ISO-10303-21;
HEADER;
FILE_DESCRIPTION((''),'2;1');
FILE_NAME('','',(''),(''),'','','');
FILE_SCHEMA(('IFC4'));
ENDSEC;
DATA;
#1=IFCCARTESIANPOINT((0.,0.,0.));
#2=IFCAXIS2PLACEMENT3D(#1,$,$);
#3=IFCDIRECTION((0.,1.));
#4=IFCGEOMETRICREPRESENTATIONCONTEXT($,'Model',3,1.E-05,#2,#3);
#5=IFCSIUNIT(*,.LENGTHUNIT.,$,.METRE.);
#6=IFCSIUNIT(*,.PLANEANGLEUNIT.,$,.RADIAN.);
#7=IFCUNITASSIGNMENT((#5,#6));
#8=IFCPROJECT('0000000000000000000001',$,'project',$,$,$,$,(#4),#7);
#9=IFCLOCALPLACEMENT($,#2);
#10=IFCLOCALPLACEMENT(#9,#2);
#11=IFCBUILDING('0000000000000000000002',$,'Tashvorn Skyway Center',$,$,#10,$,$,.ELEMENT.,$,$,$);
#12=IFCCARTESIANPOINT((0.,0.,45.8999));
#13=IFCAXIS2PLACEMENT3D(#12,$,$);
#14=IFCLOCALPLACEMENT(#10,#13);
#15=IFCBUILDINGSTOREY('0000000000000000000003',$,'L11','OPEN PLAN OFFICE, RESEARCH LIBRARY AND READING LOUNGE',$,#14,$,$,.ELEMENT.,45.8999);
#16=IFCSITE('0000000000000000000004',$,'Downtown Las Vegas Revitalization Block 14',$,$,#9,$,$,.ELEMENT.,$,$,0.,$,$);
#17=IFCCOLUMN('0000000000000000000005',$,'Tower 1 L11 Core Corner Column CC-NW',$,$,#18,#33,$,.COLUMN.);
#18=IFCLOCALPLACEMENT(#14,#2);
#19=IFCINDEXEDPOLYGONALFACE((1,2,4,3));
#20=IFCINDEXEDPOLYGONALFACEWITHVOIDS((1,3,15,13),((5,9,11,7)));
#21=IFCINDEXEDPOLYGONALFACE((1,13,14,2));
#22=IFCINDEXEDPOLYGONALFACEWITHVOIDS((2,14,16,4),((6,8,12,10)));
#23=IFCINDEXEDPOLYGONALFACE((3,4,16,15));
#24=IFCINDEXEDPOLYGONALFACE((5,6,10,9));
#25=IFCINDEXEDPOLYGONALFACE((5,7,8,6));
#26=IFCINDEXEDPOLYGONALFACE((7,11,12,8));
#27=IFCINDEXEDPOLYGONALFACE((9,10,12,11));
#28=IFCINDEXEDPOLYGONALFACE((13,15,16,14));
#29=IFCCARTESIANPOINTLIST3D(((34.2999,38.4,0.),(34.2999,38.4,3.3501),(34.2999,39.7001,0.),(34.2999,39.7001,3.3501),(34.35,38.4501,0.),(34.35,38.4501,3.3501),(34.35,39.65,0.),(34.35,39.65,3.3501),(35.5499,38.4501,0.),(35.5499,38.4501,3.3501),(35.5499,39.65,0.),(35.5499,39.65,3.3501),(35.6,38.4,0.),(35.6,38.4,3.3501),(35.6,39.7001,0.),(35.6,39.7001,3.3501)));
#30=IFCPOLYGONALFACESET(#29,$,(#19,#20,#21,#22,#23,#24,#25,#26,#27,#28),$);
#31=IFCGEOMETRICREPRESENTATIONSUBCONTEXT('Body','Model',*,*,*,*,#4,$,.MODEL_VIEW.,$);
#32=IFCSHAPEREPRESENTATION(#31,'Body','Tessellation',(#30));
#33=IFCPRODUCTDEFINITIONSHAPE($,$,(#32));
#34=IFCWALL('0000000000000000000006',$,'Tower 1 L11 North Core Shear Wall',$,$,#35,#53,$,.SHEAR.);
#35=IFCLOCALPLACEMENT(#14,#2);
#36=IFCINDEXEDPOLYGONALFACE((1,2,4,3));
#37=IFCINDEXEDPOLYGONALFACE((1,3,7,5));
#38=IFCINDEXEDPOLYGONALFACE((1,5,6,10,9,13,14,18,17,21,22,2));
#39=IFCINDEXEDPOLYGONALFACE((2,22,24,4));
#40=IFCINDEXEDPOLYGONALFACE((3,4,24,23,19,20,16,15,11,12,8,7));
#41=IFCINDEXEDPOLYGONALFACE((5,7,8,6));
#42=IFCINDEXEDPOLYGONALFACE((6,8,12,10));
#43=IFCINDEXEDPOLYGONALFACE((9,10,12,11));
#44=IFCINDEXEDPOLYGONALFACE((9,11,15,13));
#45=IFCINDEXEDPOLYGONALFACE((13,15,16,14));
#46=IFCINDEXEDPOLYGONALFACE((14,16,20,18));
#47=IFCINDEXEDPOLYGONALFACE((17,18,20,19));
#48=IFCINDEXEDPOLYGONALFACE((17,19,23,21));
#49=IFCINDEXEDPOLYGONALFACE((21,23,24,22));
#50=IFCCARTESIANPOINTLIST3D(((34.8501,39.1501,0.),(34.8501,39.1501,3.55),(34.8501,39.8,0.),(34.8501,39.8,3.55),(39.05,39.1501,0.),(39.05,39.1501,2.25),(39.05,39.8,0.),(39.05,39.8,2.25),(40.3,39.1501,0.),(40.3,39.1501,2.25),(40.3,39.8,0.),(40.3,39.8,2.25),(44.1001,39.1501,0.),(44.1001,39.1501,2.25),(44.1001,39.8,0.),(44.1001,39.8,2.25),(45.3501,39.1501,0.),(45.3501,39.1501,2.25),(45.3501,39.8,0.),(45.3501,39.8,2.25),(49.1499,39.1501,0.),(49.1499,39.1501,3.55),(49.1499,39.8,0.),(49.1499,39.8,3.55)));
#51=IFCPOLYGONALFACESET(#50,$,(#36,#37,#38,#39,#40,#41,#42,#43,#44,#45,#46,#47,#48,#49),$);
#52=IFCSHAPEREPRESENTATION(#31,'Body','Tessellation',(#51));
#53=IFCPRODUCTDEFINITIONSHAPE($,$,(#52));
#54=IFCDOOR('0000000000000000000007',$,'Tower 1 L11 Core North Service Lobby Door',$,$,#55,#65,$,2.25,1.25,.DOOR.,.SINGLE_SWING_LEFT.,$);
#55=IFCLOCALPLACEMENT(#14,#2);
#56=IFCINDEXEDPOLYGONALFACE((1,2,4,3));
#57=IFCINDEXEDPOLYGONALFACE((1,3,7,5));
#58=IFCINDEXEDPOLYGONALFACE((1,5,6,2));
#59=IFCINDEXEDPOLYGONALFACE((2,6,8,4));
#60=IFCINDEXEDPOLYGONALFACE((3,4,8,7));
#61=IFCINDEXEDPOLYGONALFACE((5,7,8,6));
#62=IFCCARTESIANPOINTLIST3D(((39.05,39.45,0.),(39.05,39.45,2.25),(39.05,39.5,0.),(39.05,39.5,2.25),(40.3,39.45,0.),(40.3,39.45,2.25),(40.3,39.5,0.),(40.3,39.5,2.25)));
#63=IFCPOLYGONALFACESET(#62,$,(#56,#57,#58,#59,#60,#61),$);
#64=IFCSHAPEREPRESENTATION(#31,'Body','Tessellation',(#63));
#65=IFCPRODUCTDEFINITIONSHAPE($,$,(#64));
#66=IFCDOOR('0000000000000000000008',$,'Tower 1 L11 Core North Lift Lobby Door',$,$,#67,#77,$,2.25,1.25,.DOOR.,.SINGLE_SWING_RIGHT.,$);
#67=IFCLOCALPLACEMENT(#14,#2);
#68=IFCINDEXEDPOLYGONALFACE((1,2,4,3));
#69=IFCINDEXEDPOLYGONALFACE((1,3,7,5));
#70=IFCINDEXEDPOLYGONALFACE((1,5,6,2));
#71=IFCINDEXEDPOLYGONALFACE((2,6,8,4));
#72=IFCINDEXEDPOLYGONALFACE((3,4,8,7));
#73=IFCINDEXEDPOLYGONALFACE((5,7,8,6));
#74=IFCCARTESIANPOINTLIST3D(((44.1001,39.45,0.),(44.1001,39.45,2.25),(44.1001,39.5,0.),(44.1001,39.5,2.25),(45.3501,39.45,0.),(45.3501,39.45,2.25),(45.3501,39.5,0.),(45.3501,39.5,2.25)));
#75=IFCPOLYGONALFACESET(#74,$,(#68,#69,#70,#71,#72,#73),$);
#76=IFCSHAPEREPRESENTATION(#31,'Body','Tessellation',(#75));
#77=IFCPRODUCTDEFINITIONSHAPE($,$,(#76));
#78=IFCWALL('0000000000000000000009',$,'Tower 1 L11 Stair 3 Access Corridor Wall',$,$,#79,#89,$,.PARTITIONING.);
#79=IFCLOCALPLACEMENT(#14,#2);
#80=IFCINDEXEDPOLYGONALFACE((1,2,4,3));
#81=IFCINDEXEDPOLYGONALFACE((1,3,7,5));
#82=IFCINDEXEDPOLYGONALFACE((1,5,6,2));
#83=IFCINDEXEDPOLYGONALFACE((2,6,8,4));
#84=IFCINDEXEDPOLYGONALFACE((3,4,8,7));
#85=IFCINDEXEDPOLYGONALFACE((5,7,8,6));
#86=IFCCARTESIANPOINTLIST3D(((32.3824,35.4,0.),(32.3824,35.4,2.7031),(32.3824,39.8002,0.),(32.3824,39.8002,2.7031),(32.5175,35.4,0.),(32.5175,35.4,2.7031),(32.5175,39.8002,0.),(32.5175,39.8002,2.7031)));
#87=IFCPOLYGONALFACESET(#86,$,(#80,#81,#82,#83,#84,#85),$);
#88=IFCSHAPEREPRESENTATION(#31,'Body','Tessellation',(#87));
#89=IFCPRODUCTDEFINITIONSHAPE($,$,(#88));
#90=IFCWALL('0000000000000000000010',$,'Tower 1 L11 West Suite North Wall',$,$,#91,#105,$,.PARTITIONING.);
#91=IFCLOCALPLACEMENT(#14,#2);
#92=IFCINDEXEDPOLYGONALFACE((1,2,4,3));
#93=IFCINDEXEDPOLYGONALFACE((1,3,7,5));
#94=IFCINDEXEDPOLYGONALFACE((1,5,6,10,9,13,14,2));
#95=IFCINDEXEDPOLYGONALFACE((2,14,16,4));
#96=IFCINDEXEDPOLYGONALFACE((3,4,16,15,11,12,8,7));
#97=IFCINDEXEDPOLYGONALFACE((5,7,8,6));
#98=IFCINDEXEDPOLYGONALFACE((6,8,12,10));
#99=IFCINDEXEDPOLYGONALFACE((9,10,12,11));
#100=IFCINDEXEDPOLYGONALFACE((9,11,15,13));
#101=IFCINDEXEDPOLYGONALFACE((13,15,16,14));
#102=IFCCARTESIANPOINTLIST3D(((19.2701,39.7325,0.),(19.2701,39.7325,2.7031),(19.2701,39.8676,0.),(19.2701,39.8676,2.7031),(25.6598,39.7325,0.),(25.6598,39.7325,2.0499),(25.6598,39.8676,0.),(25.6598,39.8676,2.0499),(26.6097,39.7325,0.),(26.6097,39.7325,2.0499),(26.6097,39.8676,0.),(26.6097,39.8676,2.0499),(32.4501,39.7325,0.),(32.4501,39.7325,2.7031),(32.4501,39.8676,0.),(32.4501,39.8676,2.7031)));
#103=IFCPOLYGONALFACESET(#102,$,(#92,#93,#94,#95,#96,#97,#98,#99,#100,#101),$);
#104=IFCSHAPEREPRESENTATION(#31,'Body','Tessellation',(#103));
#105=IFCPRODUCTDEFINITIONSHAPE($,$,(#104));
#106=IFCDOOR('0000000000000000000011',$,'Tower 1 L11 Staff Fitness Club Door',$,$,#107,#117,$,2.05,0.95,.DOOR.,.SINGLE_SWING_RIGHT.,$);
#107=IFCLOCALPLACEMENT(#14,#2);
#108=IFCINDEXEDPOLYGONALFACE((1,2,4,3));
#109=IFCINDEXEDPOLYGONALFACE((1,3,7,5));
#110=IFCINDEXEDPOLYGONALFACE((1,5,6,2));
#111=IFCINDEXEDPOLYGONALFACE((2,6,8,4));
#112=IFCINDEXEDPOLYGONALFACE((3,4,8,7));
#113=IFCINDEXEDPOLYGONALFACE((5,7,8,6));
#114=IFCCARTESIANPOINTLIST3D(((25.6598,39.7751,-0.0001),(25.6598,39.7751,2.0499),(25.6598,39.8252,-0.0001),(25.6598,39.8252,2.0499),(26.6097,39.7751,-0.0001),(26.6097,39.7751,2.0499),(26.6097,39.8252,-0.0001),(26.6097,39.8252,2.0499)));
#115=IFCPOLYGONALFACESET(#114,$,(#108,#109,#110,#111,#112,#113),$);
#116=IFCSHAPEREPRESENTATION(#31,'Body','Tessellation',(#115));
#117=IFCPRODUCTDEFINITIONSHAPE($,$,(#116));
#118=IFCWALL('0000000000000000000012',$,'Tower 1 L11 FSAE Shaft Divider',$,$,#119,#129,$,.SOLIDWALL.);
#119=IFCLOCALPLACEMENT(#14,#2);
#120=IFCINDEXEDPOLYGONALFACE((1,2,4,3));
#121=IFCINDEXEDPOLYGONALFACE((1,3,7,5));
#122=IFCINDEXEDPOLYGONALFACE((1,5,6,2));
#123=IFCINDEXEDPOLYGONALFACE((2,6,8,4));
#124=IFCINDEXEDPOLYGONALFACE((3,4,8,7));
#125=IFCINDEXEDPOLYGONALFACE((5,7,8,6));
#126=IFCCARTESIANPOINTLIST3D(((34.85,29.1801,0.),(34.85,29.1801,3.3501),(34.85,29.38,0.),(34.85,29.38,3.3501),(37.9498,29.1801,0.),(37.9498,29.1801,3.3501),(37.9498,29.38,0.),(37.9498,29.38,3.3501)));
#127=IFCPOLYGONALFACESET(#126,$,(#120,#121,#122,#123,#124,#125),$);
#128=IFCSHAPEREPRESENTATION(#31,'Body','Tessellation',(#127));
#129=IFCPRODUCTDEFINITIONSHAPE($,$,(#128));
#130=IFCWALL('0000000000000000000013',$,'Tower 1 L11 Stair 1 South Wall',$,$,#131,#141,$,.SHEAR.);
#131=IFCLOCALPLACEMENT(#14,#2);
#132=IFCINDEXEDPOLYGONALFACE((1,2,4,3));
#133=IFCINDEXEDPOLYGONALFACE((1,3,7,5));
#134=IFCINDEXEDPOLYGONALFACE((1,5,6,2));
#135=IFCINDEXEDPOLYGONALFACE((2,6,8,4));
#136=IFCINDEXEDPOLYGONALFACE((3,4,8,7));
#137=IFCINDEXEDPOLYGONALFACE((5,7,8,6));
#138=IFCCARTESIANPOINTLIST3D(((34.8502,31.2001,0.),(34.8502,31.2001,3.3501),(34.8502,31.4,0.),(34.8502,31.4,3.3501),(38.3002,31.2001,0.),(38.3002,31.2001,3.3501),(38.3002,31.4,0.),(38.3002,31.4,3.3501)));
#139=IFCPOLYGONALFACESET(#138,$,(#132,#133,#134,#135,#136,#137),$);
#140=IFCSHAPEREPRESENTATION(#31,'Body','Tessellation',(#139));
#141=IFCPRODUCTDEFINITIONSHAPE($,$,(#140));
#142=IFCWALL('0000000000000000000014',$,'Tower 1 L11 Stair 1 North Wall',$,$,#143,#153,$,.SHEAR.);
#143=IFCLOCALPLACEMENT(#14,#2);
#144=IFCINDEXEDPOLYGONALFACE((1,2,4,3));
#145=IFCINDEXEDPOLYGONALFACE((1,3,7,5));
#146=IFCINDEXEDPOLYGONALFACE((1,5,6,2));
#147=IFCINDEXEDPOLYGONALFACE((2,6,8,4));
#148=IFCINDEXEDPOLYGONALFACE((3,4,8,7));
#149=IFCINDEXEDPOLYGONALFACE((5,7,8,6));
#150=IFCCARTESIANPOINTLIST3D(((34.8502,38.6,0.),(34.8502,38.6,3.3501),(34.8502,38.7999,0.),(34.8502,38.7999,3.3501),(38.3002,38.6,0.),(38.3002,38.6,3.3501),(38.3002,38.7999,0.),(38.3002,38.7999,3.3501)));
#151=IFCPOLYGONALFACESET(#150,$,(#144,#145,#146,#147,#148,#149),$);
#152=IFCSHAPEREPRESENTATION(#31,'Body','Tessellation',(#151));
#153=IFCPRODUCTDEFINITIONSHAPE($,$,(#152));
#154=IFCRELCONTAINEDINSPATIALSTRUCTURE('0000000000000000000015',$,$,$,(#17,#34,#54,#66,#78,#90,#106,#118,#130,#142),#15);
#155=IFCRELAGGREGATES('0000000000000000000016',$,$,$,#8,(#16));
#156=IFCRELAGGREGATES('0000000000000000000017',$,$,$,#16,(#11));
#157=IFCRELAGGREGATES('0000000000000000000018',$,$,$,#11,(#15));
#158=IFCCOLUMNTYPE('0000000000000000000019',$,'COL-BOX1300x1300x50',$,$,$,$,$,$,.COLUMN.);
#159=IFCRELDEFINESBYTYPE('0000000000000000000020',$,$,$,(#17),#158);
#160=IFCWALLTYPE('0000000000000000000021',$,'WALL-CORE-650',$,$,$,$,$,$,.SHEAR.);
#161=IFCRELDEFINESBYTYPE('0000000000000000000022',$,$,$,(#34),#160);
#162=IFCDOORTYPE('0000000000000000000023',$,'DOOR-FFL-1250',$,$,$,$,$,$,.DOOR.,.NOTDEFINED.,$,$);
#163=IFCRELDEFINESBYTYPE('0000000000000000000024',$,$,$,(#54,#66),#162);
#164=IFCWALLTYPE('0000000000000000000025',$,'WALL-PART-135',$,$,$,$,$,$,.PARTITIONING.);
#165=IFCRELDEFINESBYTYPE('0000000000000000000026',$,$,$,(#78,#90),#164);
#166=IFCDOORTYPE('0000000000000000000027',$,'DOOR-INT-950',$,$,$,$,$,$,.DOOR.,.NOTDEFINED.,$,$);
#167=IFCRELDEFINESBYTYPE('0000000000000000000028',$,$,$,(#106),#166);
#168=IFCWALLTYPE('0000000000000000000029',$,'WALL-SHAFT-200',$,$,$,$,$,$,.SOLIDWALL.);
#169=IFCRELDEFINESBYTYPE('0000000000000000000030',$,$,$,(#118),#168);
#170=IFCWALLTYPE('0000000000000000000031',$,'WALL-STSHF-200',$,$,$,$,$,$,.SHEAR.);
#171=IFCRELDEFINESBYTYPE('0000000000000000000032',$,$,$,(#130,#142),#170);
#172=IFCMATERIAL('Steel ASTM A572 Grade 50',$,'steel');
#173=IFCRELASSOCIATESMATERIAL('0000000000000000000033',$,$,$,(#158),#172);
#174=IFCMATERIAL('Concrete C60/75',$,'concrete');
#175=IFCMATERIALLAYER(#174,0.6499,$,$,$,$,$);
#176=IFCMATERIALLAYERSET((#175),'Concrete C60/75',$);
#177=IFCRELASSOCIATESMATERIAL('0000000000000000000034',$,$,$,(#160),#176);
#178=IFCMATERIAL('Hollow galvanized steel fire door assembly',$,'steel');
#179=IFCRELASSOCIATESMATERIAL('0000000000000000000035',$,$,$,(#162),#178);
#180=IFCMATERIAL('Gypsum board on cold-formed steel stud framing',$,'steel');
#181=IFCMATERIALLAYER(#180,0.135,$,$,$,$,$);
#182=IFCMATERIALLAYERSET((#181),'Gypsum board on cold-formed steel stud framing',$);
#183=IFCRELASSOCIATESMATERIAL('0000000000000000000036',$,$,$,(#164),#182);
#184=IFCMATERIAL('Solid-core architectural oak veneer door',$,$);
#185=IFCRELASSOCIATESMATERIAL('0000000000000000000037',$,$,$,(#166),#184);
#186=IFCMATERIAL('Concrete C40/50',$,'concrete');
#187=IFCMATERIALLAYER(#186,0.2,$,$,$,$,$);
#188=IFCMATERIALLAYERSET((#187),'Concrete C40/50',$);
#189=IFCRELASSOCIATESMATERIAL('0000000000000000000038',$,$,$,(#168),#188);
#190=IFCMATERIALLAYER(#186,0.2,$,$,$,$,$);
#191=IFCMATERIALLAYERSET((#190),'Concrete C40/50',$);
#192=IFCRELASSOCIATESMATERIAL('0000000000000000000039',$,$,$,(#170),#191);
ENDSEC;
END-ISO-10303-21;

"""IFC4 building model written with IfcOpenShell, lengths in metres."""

from ifc_helpers import new_model, si_unit, direction, frame, frame_2d, origin, origin_2d, place, context, subcontext, project, spatial, rectangle, hollow_rectangle, extrude, material, layer, layer_set, material_profile, profile_set, type_object, element, fill, save


model = new_model("IFC4")

# Units and contexts
model_context = context("Model", 3, precision=1e-05, world=origin(), true_north=direction((0.0, 1.0)))
body_context = subcontext(model_context, "Body", "Model", "MODEL_VIEW")
ifc_project = project(units=[si_unit("LENGTHUNIT", "METRE"), si_unit("PLANEANGLEUNIT", "RADIAN")], contexts=[model_context])

# Site, building, storey
site_placement = place(None, origin())
site = spatial("IfcSite", under=ifc_project, at=site_placement, Name="Downtown Las Vegas Revitalization Block 14", CompositionType="ELEMENT", RefElevation=0.0)
building_placement = place(site_placement, origin())
building = spatial("IfcBuilding", under=site, at=building_placement, Name="Tashvorn Skyway Center", CompositionType="ELEMENT")
storey_placement = place(building_placement, frame((0.0, 0.0, 45.8999)))
storey = spatial("IfcBuildingStorey", under=building, at=storey_placement, Name="L11", Description="OPEN PLAN OFFICE, RESEARCH LIBRARY AND READING LOUNGE", CompositionType="ELEMENT", Elevation=45.8999)

# Column
ifc_material_1 = material(Name="Steel ASTM A572 Grade 50", Category="steel")
ifc_material_profile = material_profile(ifc_material_1, hollow_rectangle(XDim=1.3, YDim=1.3, WallThickness=0.05, at=origin_2d()), Name="BOX1300x1300x50")
ifc_profile_set = profile_set([ifc_material_profile], Name="Steel ASTM A572 Grade 50")
column_type = type_object("IfcColumnType", Name="COL-BOX1300x1300x50", PredefinedType="COLUMN", material=ifc_profile_set)
column_placement = place(storey_placement, frame((34.95, 39.05, 0.0), z_axis=(0.0, 0.0, 1.0), x_axis=(1.0, 0.0, 0.0)))
element("IfcColumn", 1, at=column_placement, inside=storey, type_object=column_type, Name="Tower 1 L11 Core Corner Column CC-NW", PredefinedType="COLUMN", context=body_context, shape_type="SweptSolid", body=[
    extrude(hollow_rectangle(XDim=1.3, YDim=1.3, WallThickness=0.05, at=origin_2d()), origin(), (0.0, 0.0, 1.0), 3.3501),
])

# Wall, openings, doors
ifc_material_2 = material(Name="Concrete C60/75", Category="concrete")
ifc_layer_1 = layer(ifc_material_2, 0.6499)
ifc_layer_set_1 = layer_set([ifc_layer_1], Name="Concrete C60/75")
wall_type_1 = type_object("IfcWallType", Name="WALL-CORE-650", PredefinedType="SHEAR", material=ifc_layer_set_1)
wall_1_placement = place(storey_placement, frame((34.8501, 39.4751, 0.0), z_axis=(0.0, 0.0, 1.0), x_axis=(1.0, 0.0, 0.0)))
wall_1 = element("IfcWall", 2, at=wall_1_placement, inside=storey, type_object=wall_type_1, Name="Tower 1 L11 North Core Shear Wall", PredefinedType="SHEAR", context=body_context, shape_type="SweptSolid", body=[
    extrude(rectangle(XDim=14.2998, YDim=0.6499, at=frame_2d((7.1499, 0.0))), origin(), (0.0, 0.0, 1.0), 3.55),
])
opening_1_placement = place(wall_1_placement, frame((4.2, 0.0, 0.0)))
opening_1 = element("IfcOpeningElement", 3, at=opening_1_placement, cuts=wall_1, PredefinedType="OPENING", context=body_context, shape_type="SweptSolid", body=[
    extrude(rectangle(XDim=1.25, YDim=2.25, at=frame_2d((0.625, 1.125))), frame((0.0, 0.335, 0.0), z_axis=(0.0, -1.0, 0.0), x_axis=(1.0, 0.0, 0.0)), (0.0, 0.0, 1.0), 0.6699),
])
opening_2_placement = place(wall_1_placement, frame((9.25, 0.0, 0.0)))
opening_2 = element("IfcOpeningElement", 4, at=opening_2_placement, cuts=wall_1, PredefinedType="OPENING", context=body_context, shape_type="SweptSolid", body=[
    extrude(rectangle(XDim=1.25, YDim=2.25, at=frame_2d((0.625, 1.125))), frame((0.0, 0.335, 0.0), z_axis=(0.0, -1.0, 0.0), x_axis=(1.0, 0.0, 0.0)), (0.0, 0.0, 1.0), 0.6699),
])
ifc_material_3 = material(Name="Hollow galvanized steel fire door assembly", Category="steel")
door_type_1 = type_object("IfcDoorType", Name="DOOR-FFL-1250", OperationType="NOTDEFINED", PredefinedType="DOOR", material=ifc_material_3)
door_1_placement = place(opening_1_placement, origin())
door_1 = element("IfcDoor", 5, at=door_1_placement, inside=storey, type_object=door_type_1, Name="Tower 1 L11 Core North Service Lobby Door", OperationType="SINGLE_SWING_LEFT", OverallHeight=2.25, OverallWidth=1.25, PredefinedType="DOOR", context=body_context, shape_type="SweptSolid", body=[
    extrude(rectangle(XDim=1.25, YDim=2.25, at=frame_2d((0.625, 1.125))), frame((0.0, 0.0249, 0.0), z_axis=(0.0, -1.0, 0.0), x_axis=(1.0, 0.0, 0.0)), (0.0, 0.0, 1.0), 0.05),
])
fill(opening_1, door_1)
door_2_placement = place(opening_2_placement, origin())
door_2 = element("IfcDoor", 6, at=door_2_placement, inside=storey, type_object=door_type_1, Name="Tower 1 L11 Core North Lift Lobby Door", OperationType="SINGLE_SWING_RIGHT", OverallHeight=2.25, OverallWidth=1.25, PredefinedType="DOOR", context=body_context, shape_type="SweptSolid", body=[
    extrude(rectangle(XDim=1.25, YDim=2.25, at=frame_2d((0.625, 1.125))), frame((0.0, 0.0249, 0.0), z_axis=(0.0, -1.0, 0.0), x_axis=(1.0, 0.0, 0.0)), (0.0, 0.0, 1.0), 0.05),
])
fill(opening_2, door_2)

# Wall
ifc_material_4 = material(Name="Gypsum board on cold-formed steel stud framing", Category="steel")
ifc_layer_2 = layer(ifc_material_4, 0.135)
ifc_layer_set_2 = layer_set([ifc_layer_2], Name="Gypsum board on cold-formed steel stud framing")
wall_type_2 = type_object("IfcWallType", Name="WALL-PART-135", PredefinedType="PARTITIONING", material=ifc_layer_set_2)
wall_2_placement = place(storey_placement, frame((32.45, 35.3999, 0.0), z_axis=(0.0, 0.0, 1.0), x_axis=(0.0, 1.0, 0.0)))
element("IfcWall", 7, at=wall_2_placement, inside=storey, type_object=wall_type_2, Name="Tower 1 L11 Stair 3 Access Corridor Wall", PredefinedType="PARTITIONING", context=body_context, shape_type="SweptSolid", body=[
    extrude(rectangle(XDim=4.4001, YDim=0.135, at=frame_2d((2.2002, 0.0))), origin(), (0.0, 0.0, 1.0), 2.7031),
])

# Wall, opening, door
wall_3_placement = place(storey_placement, frame((32.45, 39.8, 0.0), z_axis=(0.0, 0.0, 1.0), x_axis=(-1.0, 0.0, 0.0)))
wall_3 = element("IfcWall", 8, at=wall_3_placement, inside=storey, type_object=wall_type_2, Name="Tower 1 L11 West Suite North Wall", PredefinedType="PARTITIONING", context=body_context, shape_type="SweptSolid", body=[
    extrude(rectangle(XDim=13.1799, YDim=0.135, at=frame_2d((6.5898, 0.0))), origin(), (0.0, 0.0, 1.0), 2.7031),
])
opening_3_placement = place(wall_3_placement, frame((5.8401, 0.0, 0.0)))
opening_3 = element("IfcOpeningElement", 9, at=opening_3_placement, cuts=wall_3, PredefinedType="OPENING", context=body_context, shape_type="SweptSolid", body=[
    extrude(rectangle(XDim=0.95, YDim=2.05, at=frame_2d((0.4751, 1.0249))), frame((0.0, 0.0774, 0.0), z_axis=(0.0, -1.0, 0.0), x_axis=(1.0, 0.0, 0.0)), (0.0, 0.0, 1.0), 0.155),
])
ifc_material_5 = material(Name="Solid-core architectural oak veneer door")
door_type_2 = type_object("IfcDoorType", Name="DOOR-INT-950", OperationType="NOTDEFINED", PredefinedType="DOOR", material=ifc_material_5)
door_3_placement = place(opening_3_placement, origin())
door_3 = element("IfcDoor", 10, at=door_3_placement, inside=storey, type_object=door_type_2, Name="Tower 1 L11 Staff Fitness Club Door", OperationType="SINGLE_SWING_RIGHT", OverallHeight=2.05, OverallWidth=0.95, PredefinedType="DOOR", context=body_context, shape_type="SweptSolid", body=[
    extrude(rectangle(XDim=0.95, YDim=2.05, at=frame_2d((0.4751, 1.0249))), frame((0.0, 0.0249, 0.0), z_axis=(0.0, -1.0, 0.0), x_axis=(1.0, 0.0, 0.0)), (0.0, 0.0, 1.0), 0.05),
])
fill(opening_3, door_3)

# Walls
ifc_material_6 = material(Name="Concrete C40/50", Category="concrete")
ifc_layer_3 = layer(ifc_material_6, 0.2)
ifc_layer_set_3 = layer_set([ifc_layer_3], Name="Concrete C40/50")
wall_type_3 = type_object("IfcWallType", Name="WALL-SHAFT-200", PredefinedType="SOLIDWALL", material=ifc_layer_set_3)
wall_4_placement = place(storey_placement, frame((34.8501, 29.28, 0.0), z_axis=(0.0, 0.0, 1.0), x_axis=(1.0, 0.0, 0.0)))
element("IfcWall", 11, at=wall_4_placement, inside=storey, type_object=wall_type_3, Name="Tower 1 L11 FSAE Shaft Divider", PredefinedType="SOLIDWALL", context=body_context, shape_type="SweptSolid", body=[
    extrude(rectangle(XDim=3.0999, YDim=0.2, at=frame_2d((1.5498, 0.0))), origin(), (0.0, 0.0, 1.0), 3.3501),
])
ifc_layer_4 = layer(ifc_material_6, 0.2)
ifc_layer_set_4 = layer_set([ifc_layer_4], Name="Concrete C40/50")
wall_type_4 = type_object("IfcWallType", Name="WALL-STSHF-200", PredefinedType="SHEAR", material=ifc_layer_set_4)
for number, where, z_axis, x_axis, name in (
    (12, (34.8501, 31.3, 0.0), (0.0, 0.0, 1.0), (1.0, 0.0, 0.0), "Tower 1 L11 Stair 1 South Wall"),
    (13, (34.8501, 38.7, 0.0), (0.0, 0.0, 1.0), (1.0, 0.0, 0.0), "Tower 1 L11 Stair 1 North Wall"),
):
    element("IfcWall", number, at=place(storey_placement, frame(where, z_axis=z_axis, x_axis=x_axis)), inside=storey, type_object=wall_type_4, Name=name, PredefinedType="SHEAR", context=body_context, shape_type="SweptSolid", body=[
        extrude(rectangle(XDim=3.45, YDim=0.2, at=frame_2d((1.7251, 0.0))), origin(), (0.0, 0.0, 1.0), 3.3501),
    ])

save(model, "model.ifc")
